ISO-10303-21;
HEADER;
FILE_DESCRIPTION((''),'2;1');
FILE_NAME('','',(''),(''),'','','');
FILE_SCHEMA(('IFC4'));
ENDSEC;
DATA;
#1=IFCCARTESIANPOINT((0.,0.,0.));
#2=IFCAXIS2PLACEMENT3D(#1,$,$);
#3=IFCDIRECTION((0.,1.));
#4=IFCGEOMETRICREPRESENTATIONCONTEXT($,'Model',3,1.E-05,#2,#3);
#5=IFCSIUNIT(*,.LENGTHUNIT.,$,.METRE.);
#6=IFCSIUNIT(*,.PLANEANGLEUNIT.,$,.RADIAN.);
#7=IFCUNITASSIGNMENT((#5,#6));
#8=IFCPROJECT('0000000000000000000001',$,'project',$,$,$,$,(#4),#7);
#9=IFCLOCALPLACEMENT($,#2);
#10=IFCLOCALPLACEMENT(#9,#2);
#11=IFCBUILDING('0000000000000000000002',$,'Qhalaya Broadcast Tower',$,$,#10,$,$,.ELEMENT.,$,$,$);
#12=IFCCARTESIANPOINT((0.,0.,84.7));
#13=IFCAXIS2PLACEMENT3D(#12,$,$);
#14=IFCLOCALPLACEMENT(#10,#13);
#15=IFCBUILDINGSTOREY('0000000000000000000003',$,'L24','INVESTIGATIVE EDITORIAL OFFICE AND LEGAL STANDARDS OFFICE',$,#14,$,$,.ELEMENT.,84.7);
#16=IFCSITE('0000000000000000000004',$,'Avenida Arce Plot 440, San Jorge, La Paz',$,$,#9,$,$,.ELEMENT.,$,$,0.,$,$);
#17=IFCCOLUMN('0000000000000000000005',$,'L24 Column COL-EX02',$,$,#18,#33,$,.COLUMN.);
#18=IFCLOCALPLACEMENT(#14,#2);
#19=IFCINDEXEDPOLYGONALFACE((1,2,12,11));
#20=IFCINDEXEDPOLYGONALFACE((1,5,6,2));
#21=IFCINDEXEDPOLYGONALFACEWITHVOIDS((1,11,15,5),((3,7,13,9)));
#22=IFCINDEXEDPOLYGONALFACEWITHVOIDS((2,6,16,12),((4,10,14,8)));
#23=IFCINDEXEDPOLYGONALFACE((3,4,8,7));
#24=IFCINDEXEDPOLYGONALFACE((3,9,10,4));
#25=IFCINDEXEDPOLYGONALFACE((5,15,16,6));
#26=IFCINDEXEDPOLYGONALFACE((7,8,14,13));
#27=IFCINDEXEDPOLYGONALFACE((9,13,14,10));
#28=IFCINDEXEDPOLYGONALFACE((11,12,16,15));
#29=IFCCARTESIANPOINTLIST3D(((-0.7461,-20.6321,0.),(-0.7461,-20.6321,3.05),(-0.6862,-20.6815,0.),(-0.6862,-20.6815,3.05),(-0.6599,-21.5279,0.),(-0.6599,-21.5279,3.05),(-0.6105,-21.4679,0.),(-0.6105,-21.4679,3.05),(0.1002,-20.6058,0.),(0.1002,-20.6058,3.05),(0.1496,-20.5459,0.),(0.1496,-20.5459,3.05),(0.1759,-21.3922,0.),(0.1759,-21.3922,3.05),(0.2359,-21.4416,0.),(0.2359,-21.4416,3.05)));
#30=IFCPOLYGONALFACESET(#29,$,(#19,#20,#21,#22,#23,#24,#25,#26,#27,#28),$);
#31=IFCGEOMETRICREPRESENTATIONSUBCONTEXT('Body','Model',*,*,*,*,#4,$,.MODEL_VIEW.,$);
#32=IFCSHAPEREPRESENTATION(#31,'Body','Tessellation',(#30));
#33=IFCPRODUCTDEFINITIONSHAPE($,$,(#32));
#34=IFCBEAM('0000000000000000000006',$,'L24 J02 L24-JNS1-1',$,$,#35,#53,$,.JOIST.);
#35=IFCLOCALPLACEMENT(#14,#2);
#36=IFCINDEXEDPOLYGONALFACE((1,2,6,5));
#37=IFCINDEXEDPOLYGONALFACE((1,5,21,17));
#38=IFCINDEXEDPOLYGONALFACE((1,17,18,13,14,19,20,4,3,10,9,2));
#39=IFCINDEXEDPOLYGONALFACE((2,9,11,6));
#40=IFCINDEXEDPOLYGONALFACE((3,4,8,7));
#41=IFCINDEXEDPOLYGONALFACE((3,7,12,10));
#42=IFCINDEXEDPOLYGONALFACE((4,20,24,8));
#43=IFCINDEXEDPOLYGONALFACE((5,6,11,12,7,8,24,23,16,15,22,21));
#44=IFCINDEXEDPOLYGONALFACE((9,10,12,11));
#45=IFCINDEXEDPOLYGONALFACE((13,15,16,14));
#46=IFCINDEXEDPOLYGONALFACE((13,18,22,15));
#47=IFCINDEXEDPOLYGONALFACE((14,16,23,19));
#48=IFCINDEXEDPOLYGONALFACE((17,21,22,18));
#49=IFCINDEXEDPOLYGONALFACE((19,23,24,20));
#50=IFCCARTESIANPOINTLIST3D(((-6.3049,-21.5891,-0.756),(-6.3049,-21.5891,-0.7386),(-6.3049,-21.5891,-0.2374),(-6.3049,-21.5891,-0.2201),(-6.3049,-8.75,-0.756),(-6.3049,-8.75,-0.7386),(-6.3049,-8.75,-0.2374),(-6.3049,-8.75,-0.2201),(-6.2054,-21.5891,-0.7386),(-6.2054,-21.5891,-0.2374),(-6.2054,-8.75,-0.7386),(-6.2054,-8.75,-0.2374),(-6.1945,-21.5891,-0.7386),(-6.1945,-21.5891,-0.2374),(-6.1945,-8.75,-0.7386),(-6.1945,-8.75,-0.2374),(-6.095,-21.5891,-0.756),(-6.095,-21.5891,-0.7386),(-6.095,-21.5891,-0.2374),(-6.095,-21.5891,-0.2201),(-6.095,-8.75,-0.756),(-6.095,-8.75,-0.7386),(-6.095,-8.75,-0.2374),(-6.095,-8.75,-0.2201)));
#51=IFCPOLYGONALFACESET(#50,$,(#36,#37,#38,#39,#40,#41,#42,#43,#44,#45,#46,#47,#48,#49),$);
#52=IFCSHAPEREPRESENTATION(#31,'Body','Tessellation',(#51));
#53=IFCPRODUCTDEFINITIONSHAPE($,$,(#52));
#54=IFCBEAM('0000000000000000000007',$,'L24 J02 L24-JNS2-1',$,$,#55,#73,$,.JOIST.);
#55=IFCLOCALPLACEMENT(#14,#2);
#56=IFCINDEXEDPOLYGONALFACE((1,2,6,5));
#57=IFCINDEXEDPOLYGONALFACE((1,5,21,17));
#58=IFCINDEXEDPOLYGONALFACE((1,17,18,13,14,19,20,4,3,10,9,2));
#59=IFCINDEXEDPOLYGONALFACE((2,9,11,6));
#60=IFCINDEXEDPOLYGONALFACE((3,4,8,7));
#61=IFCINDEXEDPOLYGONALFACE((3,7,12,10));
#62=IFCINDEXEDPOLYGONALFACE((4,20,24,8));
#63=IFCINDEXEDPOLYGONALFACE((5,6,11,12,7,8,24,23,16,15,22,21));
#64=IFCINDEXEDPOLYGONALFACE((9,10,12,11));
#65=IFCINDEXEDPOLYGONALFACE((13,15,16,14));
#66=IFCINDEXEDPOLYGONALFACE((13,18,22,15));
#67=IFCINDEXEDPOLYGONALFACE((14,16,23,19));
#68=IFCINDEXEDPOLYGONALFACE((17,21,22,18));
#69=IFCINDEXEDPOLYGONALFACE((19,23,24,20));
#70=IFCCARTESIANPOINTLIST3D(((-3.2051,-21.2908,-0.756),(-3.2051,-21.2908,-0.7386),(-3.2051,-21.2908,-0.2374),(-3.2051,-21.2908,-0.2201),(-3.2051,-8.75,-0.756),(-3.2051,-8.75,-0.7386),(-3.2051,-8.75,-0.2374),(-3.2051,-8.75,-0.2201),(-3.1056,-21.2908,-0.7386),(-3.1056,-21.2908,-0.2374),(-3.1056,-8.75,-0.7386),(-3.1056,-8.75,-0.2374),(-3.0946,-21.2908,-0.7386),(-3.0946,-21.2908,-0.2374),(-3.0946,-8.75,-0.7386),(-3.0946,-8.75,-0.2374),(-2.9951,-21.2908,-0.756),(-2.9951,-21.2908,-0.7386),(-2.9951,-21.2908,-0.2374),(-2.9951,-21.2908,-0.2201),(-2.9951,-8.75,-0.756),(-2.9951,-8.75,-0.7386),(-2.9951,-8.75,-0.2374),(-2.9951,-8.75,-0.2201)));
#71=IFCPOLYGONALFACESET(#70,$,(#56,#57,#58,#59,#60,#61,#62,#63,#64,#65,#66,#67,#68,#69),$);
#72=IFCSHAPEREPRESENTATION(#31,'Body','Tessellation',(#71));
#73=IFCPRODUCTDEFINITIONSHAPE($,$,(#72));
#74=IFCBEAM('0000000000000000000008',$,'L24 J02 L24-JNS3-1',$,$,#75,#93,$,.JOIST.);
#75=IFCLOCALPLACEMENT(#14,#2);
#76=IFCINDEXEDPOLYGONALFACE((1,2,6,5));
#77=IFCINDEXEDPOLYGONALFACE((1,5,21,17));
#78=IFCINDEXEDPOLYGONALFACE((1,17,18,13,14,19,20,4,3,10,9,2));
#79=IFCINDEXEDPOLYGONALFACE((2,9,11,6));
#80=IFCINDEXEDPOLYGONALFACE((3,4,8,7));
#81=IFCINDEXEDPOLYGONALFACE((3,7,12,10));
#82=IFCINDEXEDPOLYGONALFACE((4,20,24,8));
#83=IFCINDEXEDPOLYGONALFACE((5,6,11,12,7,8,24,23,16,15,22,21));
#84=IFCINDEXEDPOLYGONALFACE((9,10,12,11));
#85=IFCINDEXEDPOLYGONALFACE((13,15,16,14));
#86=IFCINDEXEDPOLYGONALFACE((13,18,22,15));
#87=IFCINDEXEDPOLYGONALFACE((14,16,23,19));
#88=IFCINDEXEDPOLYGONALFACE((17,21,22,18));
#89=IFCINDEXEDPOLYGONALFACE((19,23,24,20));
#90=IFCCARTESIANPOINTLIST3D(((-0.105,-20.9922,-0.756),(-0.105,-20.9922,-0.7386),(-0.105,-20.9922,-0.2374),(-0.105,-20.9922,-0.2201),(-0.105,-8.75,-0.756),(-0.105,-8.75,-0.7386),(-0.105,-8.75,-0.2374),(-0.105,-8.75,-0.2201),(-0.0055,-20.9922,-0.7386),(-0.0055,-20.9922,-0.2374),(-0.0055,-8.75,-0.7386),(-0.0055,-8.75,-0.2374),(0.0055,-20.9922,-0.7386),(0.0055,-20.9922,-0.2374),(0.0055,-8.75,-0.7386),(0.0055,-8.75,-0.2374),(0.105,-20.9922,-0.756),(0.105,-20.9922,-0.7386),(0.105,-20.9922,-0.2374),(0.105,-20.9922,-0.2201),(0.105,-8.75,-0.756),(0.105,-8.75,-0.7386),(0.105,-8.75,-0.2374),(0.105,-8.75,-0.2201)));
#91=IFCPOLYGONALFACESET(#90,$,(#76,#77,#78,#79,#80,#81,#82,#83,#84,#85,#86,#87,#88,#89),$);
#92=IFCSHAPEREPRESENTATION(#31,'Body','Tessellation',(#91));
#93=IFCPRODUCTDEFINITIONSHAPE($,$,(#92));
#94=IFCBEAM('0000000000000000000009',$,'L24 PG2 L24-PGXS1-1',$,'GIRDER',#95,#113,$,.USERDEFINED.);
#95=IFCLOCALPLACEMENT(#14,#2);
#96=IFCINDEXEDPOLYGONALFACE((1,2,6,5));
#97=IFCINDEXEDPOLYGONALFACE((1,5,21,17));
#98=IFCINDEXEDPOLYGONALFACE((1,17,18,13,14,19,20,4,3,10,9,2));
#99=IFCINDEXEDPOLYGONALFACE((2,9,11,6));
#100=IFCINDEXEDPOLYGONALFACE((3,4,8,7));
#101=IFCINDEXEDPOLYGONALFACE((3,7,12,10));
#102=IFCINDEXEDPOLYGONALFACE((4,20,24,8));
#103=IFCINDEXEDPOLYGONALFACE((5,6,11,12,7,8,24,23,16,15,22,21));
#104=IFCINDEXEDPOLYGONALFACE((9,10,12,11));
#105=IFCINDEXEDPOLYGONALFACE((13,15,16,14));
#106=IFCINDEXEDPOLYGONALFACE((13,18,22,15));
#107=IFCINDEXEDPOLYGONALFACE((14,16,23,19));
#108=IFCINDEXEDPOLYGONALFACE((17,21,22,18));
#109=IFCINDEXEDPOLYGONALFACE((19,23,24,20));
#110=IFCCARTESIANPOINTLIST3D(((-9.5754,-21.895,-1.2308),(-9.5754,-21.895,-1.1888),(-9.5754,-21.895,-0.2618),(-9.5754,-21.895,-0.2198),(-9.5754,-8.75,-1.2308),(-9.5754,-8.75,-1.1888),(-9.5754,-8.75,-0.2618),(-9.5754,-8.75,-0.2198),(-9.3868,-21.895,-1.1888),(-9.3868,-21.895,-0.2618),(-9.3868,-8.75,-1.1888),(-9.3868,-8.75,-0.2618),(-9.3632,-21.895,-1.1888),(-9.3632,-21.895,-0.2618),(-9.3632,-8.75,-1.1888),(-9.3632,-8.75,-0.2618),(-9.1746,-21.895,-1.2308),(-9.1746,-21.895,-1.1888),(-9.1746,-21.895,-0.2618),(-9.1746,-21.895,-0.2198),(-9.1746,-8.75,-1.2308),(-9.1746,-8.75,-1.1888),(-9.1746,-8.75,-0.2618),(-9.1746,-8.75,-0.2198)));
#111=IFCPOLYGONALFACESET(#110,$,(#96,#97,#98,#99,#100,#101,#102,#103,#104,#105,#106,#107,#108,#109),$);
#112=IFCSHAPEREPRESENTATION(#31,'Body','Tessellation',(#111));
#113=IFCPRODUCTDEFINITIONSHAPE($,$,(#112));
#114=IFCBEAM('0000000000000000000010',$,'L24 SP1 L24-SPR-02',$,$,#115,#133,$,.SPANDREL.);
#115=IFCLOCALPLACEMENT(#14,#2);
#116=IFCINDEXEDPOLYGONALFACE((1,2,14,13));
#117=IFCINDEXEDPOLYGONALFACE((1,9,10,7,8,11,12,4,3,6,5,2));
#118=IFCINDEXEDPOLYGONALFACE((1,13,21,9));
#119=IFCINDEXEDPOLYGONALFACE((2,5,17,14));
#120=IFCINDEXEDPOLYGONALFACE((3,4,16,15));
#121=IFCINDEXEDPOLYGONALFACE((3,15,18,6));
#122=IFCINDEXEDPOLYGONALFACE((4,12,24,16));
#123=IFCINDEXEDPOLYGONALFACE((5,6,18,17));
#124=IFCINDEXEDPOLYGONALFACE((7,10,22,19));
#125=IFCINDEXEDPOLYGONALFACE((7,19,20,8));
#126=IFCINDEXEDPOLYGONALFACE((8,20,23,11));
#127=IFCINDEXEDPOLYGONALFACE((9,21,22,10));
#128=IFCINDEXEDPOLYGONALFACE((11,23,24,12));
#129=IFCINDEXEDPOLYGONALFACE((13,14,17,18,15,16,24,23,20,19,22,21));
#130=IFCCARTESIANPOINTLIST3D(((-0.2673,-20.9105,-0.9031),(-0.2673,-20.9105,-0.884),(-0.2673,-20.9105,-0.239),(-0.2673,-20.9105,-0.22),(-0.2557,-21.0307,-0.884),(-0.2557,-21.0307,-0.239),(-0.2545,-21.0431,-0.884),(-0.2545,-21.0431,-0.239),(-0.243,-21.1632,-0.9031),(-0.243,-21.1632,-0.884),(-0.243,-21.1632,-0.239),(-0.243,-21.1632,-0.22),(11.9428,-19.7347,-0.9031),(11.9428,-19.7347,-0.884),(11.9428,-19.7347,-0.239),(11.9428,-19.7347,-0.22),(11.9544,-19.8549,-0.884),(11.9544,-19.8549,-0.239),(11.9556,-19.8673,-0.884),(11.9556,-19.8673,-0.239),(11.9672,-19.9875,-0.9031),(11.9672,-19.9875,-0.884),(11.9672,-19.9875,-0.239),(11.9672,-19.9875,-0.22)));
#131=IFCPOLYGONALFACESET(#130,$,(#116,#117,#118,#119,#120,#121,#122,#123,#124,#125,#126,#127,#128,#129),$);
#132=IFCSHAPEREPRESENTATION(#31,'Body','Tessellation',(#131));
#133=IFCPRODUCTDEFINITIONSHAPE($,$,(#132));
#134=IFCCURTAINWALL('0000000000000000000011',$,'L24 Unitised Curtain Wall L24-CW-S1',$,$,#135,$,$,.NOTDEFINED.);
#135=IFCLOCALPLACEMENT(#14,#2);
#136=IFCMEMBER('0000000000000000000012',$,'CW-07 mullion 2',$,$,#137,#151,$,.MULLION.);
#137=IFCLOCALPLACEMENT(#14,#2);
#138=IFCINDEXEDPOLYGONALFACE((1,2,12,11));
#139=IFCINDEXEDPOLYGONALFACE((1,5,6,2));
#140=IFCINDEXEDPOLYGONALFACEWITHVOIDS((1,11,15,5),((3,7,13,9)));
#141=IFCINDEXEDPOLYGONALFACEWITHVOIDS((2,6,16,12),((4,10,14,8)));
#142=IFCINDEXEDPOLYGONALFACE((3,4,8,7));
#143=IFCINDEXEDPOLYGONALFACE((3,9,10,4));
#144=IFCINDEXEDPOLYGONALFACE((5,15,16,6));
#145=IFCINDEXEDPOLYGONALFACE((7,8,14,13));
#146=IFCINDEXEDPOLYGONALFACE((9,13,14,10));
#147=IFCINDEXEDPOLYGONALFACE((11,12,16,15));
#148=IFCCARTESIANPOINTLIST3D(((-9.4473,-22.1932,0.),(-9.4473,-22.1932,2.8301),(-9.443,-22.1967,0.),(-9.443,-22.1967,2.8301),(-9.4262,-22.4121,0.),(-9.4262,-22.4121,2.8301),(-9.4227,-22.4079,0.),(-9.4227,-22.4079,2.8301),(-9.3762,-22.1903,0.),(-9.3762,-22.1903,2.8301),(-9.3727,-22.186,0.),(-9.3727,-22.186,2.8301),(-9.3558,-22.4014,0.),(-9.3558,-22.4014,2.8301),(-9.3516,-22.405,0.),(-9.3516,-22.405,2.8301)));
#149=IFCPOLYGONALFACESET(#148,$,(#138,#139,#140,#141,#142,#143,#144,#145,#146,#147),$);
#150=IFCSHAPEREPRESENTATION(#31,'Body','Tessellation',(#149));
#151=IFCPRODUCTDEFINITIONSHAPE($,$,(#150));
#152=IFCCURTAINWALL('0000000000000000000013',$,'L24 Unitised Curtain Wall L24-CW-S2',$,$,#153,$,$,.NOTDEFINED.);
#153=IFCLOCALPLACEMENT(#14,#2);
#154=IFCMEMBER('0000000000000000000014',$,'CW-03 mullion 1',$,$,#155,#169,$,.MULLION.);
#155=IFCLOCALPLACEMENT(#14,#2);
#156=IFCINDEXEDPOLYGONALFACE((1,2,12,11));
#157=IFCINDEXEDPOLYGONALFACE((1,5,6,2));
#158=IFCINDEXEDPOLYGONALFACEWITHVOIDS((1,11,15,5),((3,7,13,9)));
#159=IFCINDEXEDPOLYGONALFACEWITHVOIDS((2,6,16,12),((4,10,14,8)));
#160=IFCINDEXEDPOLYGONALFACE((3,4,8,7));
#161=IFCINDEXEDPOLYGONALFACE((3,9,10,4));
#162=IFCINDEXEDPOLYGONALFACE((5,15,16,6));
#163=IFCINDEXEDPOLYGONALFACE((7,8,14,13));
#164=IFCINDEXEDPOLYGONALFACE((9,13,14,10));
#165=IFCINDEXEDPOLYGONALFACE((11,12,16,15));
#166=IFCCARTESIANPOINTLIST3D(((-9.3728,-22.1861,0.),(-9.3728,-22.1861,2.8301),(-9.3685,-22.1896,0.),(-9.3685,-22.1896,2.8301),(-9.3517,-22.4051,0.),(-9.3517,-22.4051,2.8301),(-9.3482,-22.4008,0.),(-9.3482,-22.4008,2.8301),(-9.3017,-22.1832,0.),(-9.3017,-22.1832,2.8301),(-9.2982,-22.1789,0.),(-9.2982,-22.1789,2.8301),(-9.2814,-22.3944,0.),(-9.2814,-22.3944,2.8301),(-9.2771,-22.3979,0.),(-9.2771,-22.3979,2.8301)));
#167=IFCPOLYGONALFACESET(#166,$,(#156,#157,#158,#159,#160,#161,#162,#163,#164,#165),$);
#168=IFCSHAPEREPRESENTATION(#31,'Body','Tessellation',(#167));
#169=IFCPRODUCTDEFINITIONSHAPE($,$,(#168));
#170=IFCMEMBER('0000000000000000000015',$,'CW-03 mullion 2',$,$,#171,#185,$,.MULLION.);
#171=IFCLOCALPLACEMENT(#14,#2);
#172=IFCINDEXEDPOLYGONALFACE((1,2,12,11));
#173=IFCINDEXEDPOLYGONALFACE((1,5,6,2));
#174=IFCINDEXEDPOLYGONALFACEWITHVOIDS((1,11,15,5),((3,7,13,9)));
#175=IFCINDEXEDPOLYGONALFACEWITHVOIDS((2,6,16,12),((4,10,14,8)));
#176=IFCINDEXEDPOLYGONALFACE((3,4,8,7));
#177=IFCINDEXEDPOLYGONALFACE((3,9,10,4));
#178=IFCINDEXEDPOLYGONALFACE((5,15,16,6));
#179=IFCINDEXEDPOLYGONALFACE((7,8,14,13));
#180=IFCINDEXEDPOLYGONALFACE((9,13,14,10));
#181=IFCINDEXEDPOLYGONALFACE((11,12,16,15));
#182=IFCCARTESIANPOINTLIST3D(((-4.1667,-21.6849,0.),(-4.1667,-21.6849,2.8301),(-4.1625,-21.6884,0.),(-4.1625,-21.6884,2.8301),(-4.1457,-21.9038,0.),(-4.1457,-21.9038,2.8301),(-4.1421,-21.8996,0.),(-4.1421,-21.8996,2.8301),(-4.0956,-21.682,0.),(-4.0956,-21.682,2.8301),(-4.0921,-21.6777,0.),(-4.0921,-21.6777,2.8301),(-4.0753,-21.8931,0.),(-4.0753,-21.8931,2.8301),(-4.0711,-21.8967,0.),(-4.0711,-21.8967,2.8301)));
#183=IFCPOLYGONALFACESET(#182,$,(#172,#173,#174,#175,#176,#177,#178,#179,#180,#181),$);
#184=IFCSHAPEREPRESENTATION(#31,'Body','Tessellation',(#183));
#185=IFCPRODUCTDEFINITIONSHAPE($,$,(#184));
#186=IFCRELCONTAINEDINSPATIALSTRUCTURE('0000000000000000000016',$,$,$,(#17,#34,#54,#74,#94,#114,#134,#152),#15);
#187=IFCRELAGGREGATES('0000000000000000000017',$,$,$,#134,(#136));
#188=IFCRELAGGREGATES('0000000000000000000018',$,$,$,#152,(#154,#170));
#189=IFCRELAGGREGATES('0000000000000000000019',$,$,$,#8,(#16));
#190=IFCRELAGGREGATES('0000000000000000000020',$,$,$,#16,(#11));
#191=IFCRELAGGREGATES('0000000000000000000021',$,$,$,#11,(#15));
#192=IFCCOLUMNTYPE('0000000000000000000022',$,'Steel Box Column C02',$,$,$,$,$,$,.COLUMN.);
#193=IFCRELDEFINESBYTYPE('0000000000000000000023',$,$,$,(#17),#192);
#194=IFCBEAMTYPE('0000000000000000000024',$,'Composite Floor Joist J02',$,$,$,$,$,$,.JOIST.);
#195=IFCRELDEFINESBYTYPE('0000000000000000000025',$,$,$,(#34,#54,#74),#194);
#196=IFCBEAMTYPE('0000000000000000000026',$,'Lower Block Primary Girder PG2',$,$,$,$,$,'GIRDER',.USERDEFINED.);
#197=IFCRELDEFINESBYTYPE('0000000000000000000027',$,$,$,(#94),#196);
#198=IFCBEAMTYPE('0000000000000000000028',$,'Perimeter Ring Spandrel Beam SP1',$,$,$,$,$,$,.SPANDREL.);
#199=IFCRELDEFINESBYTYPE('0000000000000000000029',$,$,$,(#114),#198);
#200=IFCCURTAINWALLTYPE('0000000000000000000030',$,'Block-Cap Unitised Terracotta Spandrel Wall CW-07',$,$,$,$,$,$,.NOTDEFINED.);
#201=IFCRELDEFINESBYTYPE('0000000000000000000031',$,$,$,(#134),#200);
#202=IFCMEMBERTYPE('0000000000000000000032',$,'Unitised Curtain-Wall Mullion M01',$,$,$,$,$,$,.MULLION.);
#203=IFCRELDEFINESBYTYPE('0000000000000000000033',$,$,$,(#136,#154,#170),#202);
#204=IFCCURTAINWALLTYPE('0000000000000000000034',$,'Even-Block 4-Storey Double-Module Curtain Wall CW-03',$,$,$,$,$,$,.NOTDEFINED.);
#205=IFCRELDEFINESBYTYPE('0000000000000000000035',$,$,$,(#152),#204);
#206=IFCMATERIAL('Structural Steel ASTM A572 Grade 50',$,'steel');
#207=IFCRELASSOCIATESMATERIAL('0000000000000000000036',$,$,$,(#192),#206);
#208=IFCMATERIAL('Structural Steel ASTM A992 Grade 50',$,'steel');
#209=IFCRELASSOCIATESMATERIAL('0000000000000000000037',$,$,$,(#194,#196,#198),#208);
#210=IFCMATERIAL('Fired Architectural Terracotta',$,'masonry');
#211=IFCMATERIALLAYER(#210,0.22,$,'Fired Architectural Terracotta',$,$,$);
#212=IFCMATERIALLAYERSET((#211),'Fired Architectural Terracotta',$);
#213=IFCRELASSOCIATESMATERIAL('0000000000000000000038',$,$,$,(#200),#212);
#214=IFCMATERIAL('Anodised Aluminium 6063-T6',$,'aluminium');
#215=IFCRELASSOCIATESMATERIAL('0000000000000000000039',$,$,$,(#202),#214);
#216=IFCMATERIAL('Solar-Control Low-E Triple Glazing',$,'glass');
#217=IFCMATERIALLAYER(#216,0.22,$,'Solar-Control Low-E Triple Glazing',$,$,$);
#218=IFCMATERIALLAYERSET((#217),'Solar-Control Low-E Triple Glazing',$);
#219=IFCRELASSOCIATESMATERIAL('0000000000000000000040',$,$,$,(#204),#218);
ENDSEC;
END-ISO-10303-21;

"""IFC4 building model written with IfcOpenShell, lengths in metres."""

from ifc_helpers import new_model, si_unit, direction, frame, origin, origin_2d, place, context, subcontext, project, spatial, hollow_rectangle, i_section, extrude, material, layer, layer_set, material_profile, profile_set, type_object, element, aggregate, save


model = new_model("IFC4")

# Units and contexts
model_context = context("Model", 3, precision=1e-05, world=origin(), true_north=direction((0.0, 1.0)))
body_context = subcontext(model_context, "Body", "Model", "MODEL_VIEW")
ifc_project = project(units=[si_unit("LENGTHUNIT", "METRE"), si_unit("PLANEANGLEUNIT", "RADIAN")], contexts=[model_context])

# Site, building, storey
site_placement = place(None, origin())
site = spatial("IfcSite", under=ifc_project, at=site_placement, Name="Avenida Arce Plot 440, San Jorge, La Paz", CompositionType="ELEMENT", RefElevation=0.0)
building_placement = place(site_placement, origin())
building = spatial("IfcBuilding", under=site, at=building_placement, Name="Qhalaya Broadcast Tower", CompositionType="ELEMENT")
storey_placement = place(building_placement, frame((0.0, 0.0, 84.7)))
storey = spatial("IfcBuildingStorey", under=building, at=storey_placement, Name="L24", Description="INVESTIGATIVE EDITORIAL OFFICE AND LEGAL STANDARDS OFFICE", CompositionType="ELEMENT", Elevation=84.7)

# Column
ifc_material_1 = material(Name="Structural Steel ASTM A572 Grade 50", Category="steel")
ifc_material_profile_1 = material_profile(ifc_material_1, hollow_rectangle(XDim=0.8999, YDim=0.8999, WallThickness=0.0549, at=origin_2d()), Name="BOX 900x900x55")
ifc_profile_set_1 = profile_set([ifc_material_profile_1], Name="Structural Steel ASTM A572 Grade 50")
column_type = type_object("IfcColumnType", Name="Steel Box Column C02", PredefinedType="COLUMN", material=ifc_profile_set_1)
column_placement = place(storey_placement, frame((-0.2551, -21.0369, 0.0), z_axis=(0.0, 0.0, 1.0), x_axis=(0.995396, 0.095846, 0.0)))
element("IfcColumn", 1, at=column_placement, inside=storey, type_object=column_type, Name="L24 Column COL-EX02", PredefinedType="COLUMN", context=body_context, shape_type="SweptSolid", body=[
    extrude(hollow_rectangle(XDim=0.8999, YDim=0.8999, WallThickness=0.0549, at=origin_2d()), origin(), (0.0, 0.0, 1.0), 3.05),
])

# Beams
ifc_material_2 = material(Name="Structural Steel ASTM A992 Grade 50", Category="steel")
ifc_material_profile_2 = material_profile(ifc_material_2, i_section(OverallWidth=0.21, OverallDepth=0.5359, WebThickness=0.011, FlangeThickness=0.0173, at=origin_2d()), Name="W21X68")
ifc_profile_set_2 = profile_set([ifc_material_profile_2], Name="Structural Steel ASTM A992 Grade 50")
beam_type_1 = type_object("IfcBeamType", Name="Composite Floor Joist J02", PredefinedType="JOIST", material=ifc_profile_set_2)
beam_1_placement = place(storey_placement, frame((-6.2, -21.5891, -0.488), z_axis=(0.0, 1.0, 0.0), x_axis=(-1.0, 0.0, 0.0)))
element("IfcBeam", 2, at=beam_1_placement, inside=storey, type_object=beam_type_1, Name="L24 J02 L24-JNS1-1", PredefinedType="JOIST", context=body_context, shape_type="SweptSolid", body=[
    extrude(i_section(OverallWidth=0.21, OverallDepth=0.5359, WebThickness=0.011, FlangeThickness=0.0173, at=origin_2d()), origin(), (0.0, 0.0, 1.0), 12.8391),
])
beam_2_placement = place(storey_placement, frame((-3.1001, -21.2908, -0.488), z_axis=(0.0, 1.0, 0.0), x_axis=(-1.0, 0.0, 0.0)))
element("IfcBeam", 3, at=beam_2_placement, inside=storey, type_object=beam_type_1, Name="L24 J02 L24-JNS2-1", PredefinedType="JOIST", context=body_context, shape_type="SweptSolid", body=[
    extrude(i_section(OverallWidth=0.21, OverallDepth=0.5359, WebThickness=0.011, FlangeThickness=0.0173, at=origin_2d()), origin(), (0.0, 0.0, 1.0), 12.5408),
])
beam_3_placement = place(storey_placement, frame((0.0, -20.9922, -0.488), z_axis=(0.0, 1.0, 0.0), x_axis=(-1.0, 0.0, 0.0)))
element("IfcBeam", 4, at=beam_3_placement, inside=storey, type_object=beam_type_1, Name="L24 J02 L24-JNS3-1", PredefinedType="JOIST", context=body_context, shape_type="SweptSolid", body=[
    extrude(i_section(OverallWidth=0.21, OverallDepth=0.5359, WebThickness=0.011, FlangeThickness=0.0173, at=origin_2d()), origin(), (0.0, 0.0, 1.0), 12.2422),
])
ifc_material_profile_3 = material_profile(ifc_material_2, i_section(OverallWidth=0.4009, OverallDepth=1.011, WebThickness=0.0237, FlangeThickness=0.042, at=origin_2d()), Name="W40X297")
ifc_profile_set_3 = profile_set([ifc_material_profile_3], Name="Structural Steel ASTM A992 Grade 50")
beam_type_2 = type_object("IfcBeamType", Name="Lower Block Primary Girder PG2", ElementType="GIRDER", PredefinedType="USERDEFINED", material=ifc_profile_set_3)
beam_4_placement = place(storey_placement, frame((-9.375, -21.895, -0.7253), z_axis=(0.0, 1.0, 0.0), x_axis=(-1.0, 0.0, 0.0)))
element("IfcBeam", 5, at=beam_4_placement, inside=storey, type_object=beam_type_2, Name="L24 PG2 L24-PGXS1-1", ObjectType="GIRDER", PredefinedType="USERDEFINED", context=body_context, shape_type="SweptSolid", body=[
    extrude(i_section(OverallWidth=0.4009, OverallDepth=1.011, WebThickness=0.0237, FlangeThickness=0.042, at=origin_2d()), origin(), (0.0, 0.0, 1.0), 13.145),
])
ifc_material_profile_4 = material_profile(ifc_material_2, i_section(OverallWidth=0.2539, OverallDepth=0.6831, WebThickness=0.0125, FlangeThickness=0.019, at=origin_2d()), Name="W27X94")
ifc_profile_set_4 = profile_set([ifc_material_profile_4], Name="Structural Steel ASTM A992 Grade 50")
beam_type_3 = type_object("IfcBeamType", Name="Perimeter Ring Spandrel Beam SP1", PredefinedType="SPANDREL", material=ifc_profile_set_4)
beam_5_placement = place(storey_placement, frame((-0.2551, -21.0369, -0.5615), z_axis=(0.995396, 0.095852, 0.0), x_axis=(-0.095852, 0.995396, 0.0)))
element("IfcBeam", 6, at=beam_5_placement, inside=storey, type_object=beam_type_3, Name="L24 SP1 L24-SPR-02", PredefinedType="SPANDREL", context=body_context, shape_type="SweptSolid", body=[
    extrude(i_section(OverallWidth=0.2539, OverallDepth=0.6831, WebThickness=0.0125, FlangeThickness=0.019, at=origin_2d()), origin(), (0.0, 0.0, 1.0), 12.2666),
])

# Curtain wall, member
ifc_material_3 = material(Name="Fired Architectural Terracotta", Category="masonry")
ifc_layer_1 = layer(ifc_material_3, 0.22, Name="Fired Architectural Terracotta")
ifc_layer_set_1 = layer_set([ifc_layer_1], Name="Fired Architectural Terracotta")
curtain_wall_type_1 = type_object("IfcCurtainWallType", Name="Block-Cap Unitised Terracotta Spandrel Wall CW-07", PredefinedType="NOTDEFINED", material=ifc_layer_set_1)
curtain_wall_1_placement = place(storey_placement, origin())
curtain_wall_1 = element("IfcCurtainWall", 7, at=curtain_wall_1_placement, inside=storey, type_object=curtain_wall_type_1, Name="L24 Unitised Curtain Wall L24-CW-S1", PredefinedType="NOTDEFINED")
ifc_material_4 = material(Name="Anodised Aluminium 6063-T6", Category="aluminium")
ifc_material_profile_5 = material_profile(ifc_material_4, hollow_rectangle(XDim=0.075, YDim=0.22, WallThickness=0.0039, at=origin_2d()), Name="ALU-MUL 75x220x4")
ifc_profile_set_5 = profile_set([ifc_material_profile_5], Name="Anodised Aluminium 6063-T6")
member_type_1 = type_object("IfcMemberType", Name="Unitised Curtain-Wall Mullion M01", PredefinedType="MULLION", material=ifc_profile_set_5)
member_1_placement = place(storey_placement, frame((-9.3994, -22.2991, 0.0), z_axis=(0.0, 0.0, 1.0), x_axis=(0.995396, 0.095846, 0.0)))
member_1 = element("IfcMember", 8, at=member_1_placement, type_object=member_type_1, Name="CW-07 mullion 2", PredefinedType="MULLION", context=body_context, shape_type="SweptSolid", body=[
    extrude(hollow_rectangle(XDim=0.075, YDim=0.22, WallThickness=0.0039, at=origin_2d()), origin(), (0.0, 0.0, 1.0), 2.8301),
])

# Curtain wall, members
ifc_material_5 = material(Name="Solar-Control Low-E Triple Glazing", Category="glass")
ifc_layer_2 = layer(ifc_material_5, 0.22, Name="Solar-Control Low-E Triple Glazing")
ifc_layer_set_2 = layer_set([ifc_layer_2], Name="Solar-Control Low-E Triple Glazing")
curtain_wall_type_2 = type_object("IfcCurtainWallType", Name="Even-Block 4-Storey Double-Module Curtain Wall CW-03", PredefinedType="NOTDEFINED", material=ifc_layer_set_2)
curtain_wall_2_placement = place(storey_placement, origin())
curtain_wall_2 = element("IfcCurtainWall", 9, at=curtain_wall_2_placement, inside=storey, type_object=curtain_wall_type_2, Name="L24 Unitised Curtain Wall L24-CW-S2", PredefinedType="NOTDEFINED")
member_2_placement = place(storey_placement, frame((-9.325, -22.292, 0.0), z_axis=(0.0, 0.0, 1.0), x_axis=(0.995396, 0.095852, 0.0)))
member_2 = element("IfcMember", 10, at=member_2_placement, type_object=member_type_1, Name="CW-03 mullion 1", PredefinedType="MULLION", context=body_context, shape_type="SweptSolid", body=[
    extrude(hollow_rectangle(XDim=0.075, YDim=0.22, WallThickness=0.0039, at=origin_2d()), origin(), (0.0, 0.0, 1.0), 2.8301),
])
member_3_placement = place(storey_placement, frame((-4.1189, -21.7908, 0.0), z_axis=(0.0, 0.0, 1.0), x_axis=(0.995396, 0.095852, 0.0)))
member_3 = element("IfcMember", 11, at=member_3_placement, type_object=member_type_1, Name="CW-03 mullion 2", PredefinedType="MULLION", context=body_context, shape_type="SweptSolid", body=[
    extrude(hollow_rectangle(XDim=0.075, YDim=0.22, WallThickness=0.0039, at=origin_2d()), origin(), (0.0, 0.0, 1.0), 2.8301),
])

aggregate(curtain_wall_1, [member_1])
aggregate(curtain_wall_2, [member_2, member_3])

save(model, "model.ifc")
